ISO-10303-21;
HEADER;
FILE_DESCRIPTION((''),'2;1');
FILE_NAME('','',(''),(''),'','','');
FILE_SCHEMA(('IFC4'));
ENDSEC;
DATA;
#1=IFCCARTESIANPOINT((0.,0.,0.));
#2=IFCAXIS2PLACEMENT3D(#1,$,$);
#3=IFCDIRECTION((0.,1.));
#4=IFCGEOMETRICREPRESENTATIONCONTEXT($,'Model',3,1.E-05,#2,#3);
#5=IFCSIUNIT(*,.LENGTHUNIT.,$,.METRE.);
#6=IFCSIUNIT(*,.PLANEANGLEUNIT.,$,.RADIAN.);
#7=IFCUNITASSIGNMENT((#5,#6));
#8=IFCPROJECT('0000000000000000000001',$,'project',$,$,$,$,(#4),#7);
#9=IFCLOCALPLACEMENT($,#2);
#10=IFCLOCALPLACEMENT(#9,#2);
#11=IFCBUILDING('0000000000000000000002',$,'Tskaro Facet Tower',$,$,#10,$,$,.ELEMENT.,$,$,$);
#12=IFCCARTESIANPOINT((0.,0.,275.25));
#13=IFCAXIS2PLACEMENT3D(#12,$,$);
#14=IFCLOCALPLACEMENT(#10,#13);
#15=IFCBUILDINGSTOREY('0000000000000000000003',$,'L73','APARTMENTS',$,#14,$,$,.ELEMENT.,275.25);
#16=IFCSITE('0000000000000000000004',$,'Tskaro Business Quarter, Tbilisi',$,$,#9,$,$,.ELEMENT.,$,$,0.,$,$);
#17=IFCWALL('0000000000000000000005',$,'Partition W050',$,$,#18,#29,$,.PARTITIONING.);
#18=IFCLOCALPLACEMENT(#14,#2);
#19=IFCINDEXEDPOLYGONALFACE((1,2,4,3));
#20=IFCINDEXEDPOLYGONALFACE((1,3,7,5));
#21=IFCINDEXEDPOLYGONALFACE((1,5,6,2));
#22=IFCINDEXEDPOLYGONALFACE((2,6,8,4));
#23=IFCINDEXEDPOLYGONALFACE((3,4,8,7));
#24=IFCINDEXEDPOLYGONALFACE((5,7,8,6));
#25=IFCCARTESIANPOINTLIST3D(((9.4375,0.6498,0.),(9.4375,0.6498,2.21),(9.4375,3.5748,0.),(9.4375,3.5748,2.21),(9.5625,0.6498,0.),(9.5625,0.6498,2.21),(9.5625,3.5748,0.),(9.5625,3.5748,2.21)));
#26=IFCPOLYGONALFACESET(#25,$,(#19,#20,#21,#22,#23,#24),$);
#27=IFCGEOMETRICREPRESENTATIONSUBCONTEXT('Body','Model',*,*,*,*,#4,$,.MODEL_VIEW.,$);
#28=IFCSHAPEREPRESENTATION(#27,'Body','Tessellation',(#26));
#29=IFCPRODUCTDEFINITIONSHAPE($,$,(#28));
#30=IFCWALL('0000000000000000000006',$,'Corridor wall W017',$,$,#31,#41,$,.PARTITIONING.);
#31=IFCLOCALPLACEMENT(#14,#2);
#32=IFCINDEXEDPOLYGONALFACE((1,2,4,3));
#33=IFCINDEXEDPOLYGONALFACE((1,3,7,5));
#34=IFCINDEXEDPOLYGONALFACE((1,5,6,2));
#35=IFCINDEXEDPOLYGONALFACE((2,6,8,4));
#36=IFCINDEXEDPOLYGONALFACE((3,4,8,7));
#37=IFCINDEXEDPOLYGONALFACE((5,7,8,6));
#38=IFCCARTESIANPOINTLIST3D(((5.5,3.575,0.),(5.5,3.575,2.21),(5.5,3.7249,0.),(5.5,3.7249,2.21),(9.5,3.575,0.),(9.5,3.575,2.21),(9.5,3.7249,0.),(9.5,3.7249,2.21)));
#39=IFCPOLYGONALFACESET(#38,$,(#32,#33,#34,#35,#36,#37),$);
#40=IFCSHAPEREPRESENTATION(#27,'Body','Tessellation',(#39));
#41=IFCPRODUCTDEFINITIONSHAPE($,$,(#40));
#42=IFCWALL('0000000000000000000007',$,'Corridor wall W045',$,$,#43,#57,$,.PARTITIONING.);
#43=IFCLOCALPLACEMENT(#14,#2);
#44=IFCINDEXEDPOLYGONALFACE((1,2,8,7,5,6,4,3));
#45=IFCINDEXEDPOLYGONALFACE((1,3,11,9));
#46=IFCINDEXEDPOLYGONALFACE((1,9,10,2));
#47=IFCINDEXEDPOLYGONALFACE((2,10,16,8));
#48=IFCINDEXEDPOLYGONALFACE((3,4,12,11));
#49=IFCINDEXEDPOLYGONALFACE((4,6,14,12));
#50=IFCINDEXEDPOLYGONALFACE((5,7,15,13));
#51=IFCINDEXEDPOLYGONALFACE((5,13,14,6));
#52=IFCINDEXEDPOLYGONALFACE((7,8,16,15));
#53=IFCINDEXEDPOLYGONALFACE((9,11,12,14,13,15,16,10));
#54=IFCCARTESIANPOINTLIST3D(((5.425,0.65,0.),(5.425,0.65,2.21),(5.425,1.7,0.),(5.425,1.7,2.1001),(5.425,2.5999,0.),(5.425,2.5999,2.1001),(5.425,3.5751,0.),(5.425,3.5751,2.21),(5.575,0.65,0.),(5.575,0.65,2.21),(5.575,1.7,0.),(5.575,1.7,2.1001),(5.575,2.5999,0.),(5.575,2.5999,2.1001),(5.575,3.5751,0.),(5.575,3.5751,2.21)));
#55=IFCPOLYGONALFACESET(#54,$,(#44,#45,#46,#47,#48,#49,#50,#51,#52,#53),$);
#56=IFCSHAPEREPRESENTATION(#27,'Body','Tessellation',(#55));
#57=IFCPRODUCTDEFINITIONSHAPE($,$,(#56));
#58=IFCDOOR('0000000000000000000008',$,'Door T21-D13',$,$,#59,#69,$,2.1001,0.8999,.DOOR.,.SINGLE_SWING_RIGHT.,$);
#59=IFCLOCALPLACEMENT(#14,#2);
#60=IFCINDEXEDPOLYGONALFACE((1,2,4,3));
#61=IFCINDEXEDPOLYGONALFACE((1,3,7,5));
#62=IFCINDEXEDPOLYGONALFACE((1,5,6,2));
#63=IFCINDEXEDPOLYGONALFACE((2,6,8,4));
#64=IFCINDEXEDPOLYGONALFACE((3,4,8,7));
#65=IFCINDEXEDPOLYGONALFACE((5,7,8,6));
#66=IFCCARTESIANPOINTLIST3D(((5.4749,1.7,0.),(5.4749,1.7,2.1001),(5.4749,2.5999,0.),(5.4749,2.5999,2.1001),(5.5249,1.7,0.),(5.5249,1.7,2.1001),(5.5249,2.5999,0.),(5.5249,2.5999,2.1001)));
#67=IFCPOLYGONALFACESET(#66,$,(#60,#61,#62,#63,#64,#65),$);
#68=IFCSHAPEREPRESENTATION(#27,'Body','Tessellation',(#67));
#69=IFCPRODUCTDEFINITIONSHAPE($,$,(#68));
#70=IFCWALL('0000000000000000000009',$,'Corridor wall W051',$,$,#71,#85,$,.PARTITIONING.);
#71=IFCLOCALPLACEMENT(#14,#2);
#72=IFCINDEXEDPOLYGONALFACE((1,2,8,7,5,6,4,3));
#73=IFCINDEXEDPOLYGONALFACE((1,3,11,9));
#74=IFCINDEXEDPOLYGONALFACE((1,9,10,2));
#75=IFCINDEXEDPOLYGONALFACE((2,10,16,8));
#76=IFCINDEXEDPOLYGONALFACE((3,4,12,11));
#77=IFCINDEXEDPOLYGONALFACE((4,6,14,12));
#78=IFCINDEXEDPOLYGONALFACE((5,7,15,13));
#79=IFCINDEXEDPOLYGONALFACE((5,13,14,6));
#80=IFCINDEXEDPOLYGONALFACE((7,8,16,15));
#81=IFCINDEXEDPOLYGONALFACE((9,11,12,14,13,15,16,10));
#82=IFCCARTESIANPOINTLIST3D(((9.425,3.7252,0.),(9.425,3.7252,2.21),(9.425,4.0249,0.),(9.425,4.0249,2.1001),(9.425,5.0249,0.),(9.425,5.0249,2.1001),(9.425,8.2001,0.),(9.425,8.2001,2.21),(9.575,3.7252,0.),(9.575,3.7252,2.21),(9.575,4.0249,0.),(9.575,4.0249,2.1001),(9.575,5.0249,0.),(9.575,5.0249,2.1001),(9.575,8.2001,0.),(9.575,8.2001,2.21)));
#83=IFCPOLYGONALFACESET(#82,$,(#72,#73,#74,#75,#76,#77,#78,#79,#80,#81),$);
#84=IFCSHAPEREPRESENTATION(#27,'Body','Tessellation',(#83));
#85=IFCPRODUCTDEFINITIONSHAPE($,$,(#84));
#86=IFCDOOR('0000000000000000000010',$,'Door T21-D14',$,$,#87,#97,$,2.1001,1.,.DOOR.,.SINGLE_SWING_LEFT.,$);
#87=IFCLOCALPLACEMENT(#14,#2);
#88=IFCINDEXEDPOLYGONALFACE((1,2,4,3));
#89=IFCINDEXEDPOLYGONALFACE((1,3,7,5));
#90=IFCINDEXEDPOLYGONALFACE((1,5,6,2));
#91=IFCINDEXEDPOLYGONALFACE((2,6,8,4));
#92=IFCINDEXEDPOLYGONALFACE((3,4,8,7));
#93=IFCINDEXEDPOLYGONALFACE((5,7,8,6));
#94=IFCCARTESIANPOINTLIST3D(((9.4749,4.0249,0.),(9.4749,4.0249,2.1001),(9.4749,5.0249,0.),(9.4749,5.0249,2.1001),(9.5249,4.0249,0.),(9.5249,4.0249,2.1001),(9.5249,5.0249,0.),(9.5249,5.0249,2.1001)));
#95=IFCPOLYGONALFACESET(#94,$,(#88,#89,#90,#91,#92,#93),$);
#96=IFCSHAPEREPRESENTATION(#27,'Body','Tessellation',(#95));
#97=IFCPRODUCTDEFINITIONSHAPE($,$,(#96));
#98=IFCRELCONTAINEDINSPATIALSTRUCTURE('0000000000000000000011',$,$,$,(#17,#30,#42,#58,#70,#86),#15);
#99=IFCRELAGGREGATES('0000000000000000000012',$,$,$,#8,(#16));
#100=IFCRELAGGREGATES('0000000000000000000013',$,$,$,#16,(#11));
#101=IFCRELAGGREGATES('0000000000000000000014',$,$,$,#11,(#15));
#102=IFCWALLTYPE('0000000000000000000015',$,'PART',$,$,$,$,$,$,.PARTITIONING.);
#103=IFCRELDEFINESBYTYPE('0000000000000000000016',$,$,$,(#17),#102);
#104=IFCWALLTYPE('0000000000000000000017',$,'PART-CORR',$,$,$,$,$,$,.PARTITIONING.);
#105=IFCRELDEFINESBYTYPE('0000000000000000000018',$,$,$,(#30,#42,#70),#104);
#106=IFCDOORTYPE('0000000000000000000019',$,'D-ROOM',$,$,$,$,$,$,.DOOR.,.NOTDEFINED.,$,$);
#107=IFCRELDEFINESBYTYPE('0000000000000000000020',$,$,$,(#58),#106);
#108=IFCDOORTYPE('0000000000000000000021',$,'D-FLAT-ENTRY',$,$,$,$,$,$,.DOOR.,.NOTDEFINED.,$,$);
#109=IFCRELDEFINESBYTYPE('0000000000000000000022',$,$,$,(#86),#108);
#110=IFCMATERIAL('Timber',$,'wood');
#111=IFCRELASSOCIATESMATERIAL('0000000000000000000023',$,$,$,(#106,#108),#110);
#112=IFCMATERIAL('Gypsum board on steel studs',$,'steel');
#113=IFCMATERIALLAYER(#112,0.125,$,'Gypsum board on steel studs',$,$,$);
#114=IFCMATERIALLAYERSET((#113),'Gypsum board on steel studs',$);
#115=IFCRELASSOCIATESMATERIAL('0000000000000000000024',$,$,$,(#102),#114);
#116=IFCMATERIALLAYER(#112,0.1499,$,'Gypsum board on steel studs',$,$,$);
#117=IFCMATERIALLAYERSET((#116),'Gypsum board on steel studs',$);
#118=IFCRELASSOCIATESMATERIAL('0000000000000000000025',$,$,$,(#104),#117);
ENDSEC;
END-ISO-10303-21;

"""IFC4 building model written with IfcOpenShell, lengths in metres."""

from ifc_helpers import new_model, si_unit, direction, frame, frame_2d, origin, place, context, subcontext, project, spatial, rectangle, extrude, material, layer, layer_set, type_object, element, fill, save


model = new_model("IFC4")

# Units and contexts
model_context = context("Model", 3, precision=1e-05, world=origin(), true_north=direction((0.0, 1.0)))
body_context = subcontext(model_context, "Body", "Model", "MODEL_VIEW")
ifc_project = project(units=[si_unit("LENGTHUNIT", "METRE"), si_unit("PLANEANGLEUNIT", "RADIAN")], contexts=[model_context])

# Site, building, storey
site_placement = place(None, origin())
site = spatial("IfcSite", under=ifc_project, at=site_placement, Name="Tskaro Business Quarter, Tbilisi", CompositionType="ELEMENT", RefElevation=0.0)
building_placement = place(site_placement, origin())
building = spatial("IfcBuilding", under=site, at=building_placement, Name="Tskaro Facet Tower", CompositionType="ELEMENT")
storey_placement = place(building_placement, frame((0.0, 0.0, 275.25)))
storey = spatial("IfcBuildingStorey", under=building, at=storey_placement, Name="L73", Description="APARTMENTS", CompositionType="ELEMENT", Elevation=275.25)

# Shared definitions
ifc_material_1 = material(Name="Timber", Category="wood")
door_type_1 = type_object("IfcDoorType", Name="D-ROOM", OperationType="NOTDEFINED", PredefinedType="DOOR", material=ifc_material_1)

# Shared definitions
ifc_material_2 = material(Name="Gypsum board on steel studs", Category="steel")
ifc_layer_1 = layer(ifc_material_2, 0.125, Name="Gypsum board on steel studs")
ifc_layer_set_1 = layer_set([ifc_layer_1], Name="Gypsum board on steel studs")
wall_type_1 = type_object("IfcWallType", Name="PART", PredefinedType="PARTITIONING", material=ifc_layer_set_1)

# Walls
wall_1_placement = place(storey_placement, frame((9.5, 0.6499, 0.0), z_axis=(0.0, 0.0, 1.0), x_axis=(0.0, 1.0, 0.0)))
element("IfcWall", 1, at=wall_1_placement, inside=storey, type_object=wall_type_1, Name="Partition W050", PredefinedType="PARTITIONING", context=body_context, shape_type="SweptSolid", body=[
    extrude(rectangle(XDim=2.925, YDim=0.125, at=frame_2d((1.4624, 0.0))), origin(), (0.0, 0.0, 1.0), 2.21),
])
ifc_layer_2 = layer(ifc_material_2, 0.1499, Name="Gypsum board on steel studs")
ifc_layer_set_2 = layer_set([ifc_layer_2], Name="Gypsum board on steel studs")
wall_type_2 = type_object("IfcWallType", Name="PART-CORR", PredefinedType="PARTITIONING", material=ifc_layer_set_2)
wall_2_placement = place(storey_placement, frame((5.5, 3.6499, 0.0), z_axis=(0.0, 0.0, 1.0), x_axis=(1.0, 0.0, 0.0)))
element("IfcWall", 2, at=wall_2_placement, inside=storey, type_object=wall_type_2, Name="Corridor wall W017", PredefinedType="PARTITIONING", context=body_context, shape_type="SweptSolid", body=[
    extrude(rectangle(XDim=4.0, YDim=0.1499, at=frame_2d((2.0, 0.0))), origin(), (0.0, 0.0, 1.0), 2.21),
])

# Walls, openings, doors
wall_3_placement = place(storey_placement, frame((5.5, 3.575, 0.0), z_axis=(0.0, 0.0, 1.0), x_axis=(0.0, -1.0, 0.0)))
wall_3 = element("IfcWall", 3, at=wall_3_placement, inside=storey, type_object=wall_type_2, Name="Corridor wall W045", PredefinedType="PARTITIONING", context=body_context, shape_type="SweptSolid", body=[
    extrude(rectangle(XDim=2.925, YDim=0.1499, at=frame_2d((1.4624, 0.0))), origin(), (0.0, 0.0, 1.0), 2.21),
])
opening_1_placement = place(wall_3_placement, frame((0.9751, 0.0, 0.0)))
opening_1 = element("IfcOpeningElement", 4, at=opening_1_placement, cuts=wall_3, PredefinedType="OPENING", context=body_context, shape_type="SweptSolid", body=[
    extrude(rectangle(XDim=0.8999, YDim=2.1001, at=frame_2d((0.45, 1.05))), frame((0.0, 0.085, 0.0), z_axis=(0.0, -1.0, 0.0), x_axis=(1.0, 0.0, 0.0)), (0.0, 0.0, 1.0), 0.1699),
])
door_1_placement = place(opening_1_placement, origin())
door_1 = element("IfcDoor", 5, at=door_1_placement, inside=storey, type_object=door_type_1, Name="Door T21-D13", OperationType="SINGLE_SWING_RIGHT", OverallHeight=2.1001, OverallWidth=0.8999, PredefinedType="DOOR", context=body_context, shape_type="SweptSolid", body=[
    extrude(rectangle(XDim=0.8999, YDim=2.1001, at=frame_2d((0.45, 1.05))), frame((0.0, 0.0249, 0.0), z_axis=(0.0, -1.0, 0.0), x_axis=(1.0, 0.0, 0.0)), (0.0, 0.0, 1.0), 0.05),
])
fill(opening_1, door_1)
wall_4_placement = place(storey_placement, frame((9.5, 8.2, 0.0), z_axis=(0.0, 0.0, 1.0), x_axis=(0.0, -1.0, 0.0)))
wall_4 = element("IfcWall", 6, at=wall_4_placement, inside=storey, type_object=wall_type_2, Name="Corridor wall W051", PredefinedType="PARTITIONING", context=body_context, shape_type="SweptSolid", body=[
    extrude(rectangle(XDim=4.4749, YDim=0.1499, at=frame_2d((2.2373, 0.0))), origin(), (0.0, 0.0, 1.0), 2.21),
])
opening_2_placement = place(wall_4_placement, frame((3.175, 0.0, 0.0)))
opening_2 = element("IfcOpeningElement", 7, at=opening_2_placement, cuts=wall_4, PredefinedType="OPENING", context=body_context, shape_type="SweptSolid", body=[
    extrude(rectangle(XDim=1.0, YDim=2.1001, at=frame_2d((0.5, 1.05))), frame((0.0, 0.085, 0.0), z_axis=(0.0, -1.0, 0.0), x_axis=(1.0, 0.0, 0.0)), (0.0, 0.0, 1.0), 0.1699),
])
door_type_2 = type_object("IfcDoorType", Name="D-FLAT-ENTRY", OperationType="NOTDEFINED", PredefinedType="DOOR", material=ifc_material_1)
door_2_placement = place(opening_2_placement, origin())
door_2 = element("IfcDoor", 8, at=door_2_placement, inside=storey, type_object=door_type_2, Name="Door T21-D14", OperationType="SINGLE_SWING_LEFT", OverallHeight=2.1001, OverallWidth=1.0, PredefinedType="DOOR", context=body_context, shape_type="SweptSolid", body=[
    extrude(rectangle(XDim=1.0, YDim=2.1001, at=frame_2d((0.5, 1.05))), frame((0.0, 0.0249, 0.0), z_axis=(0.0, -1.0, 0.0), x_axis=(1.0, 0.0, 0.0)), (0.0, 0.0, 1.0), 0.05),
])
fill(opening_2, door_2)

save(model, "model.ifc")
